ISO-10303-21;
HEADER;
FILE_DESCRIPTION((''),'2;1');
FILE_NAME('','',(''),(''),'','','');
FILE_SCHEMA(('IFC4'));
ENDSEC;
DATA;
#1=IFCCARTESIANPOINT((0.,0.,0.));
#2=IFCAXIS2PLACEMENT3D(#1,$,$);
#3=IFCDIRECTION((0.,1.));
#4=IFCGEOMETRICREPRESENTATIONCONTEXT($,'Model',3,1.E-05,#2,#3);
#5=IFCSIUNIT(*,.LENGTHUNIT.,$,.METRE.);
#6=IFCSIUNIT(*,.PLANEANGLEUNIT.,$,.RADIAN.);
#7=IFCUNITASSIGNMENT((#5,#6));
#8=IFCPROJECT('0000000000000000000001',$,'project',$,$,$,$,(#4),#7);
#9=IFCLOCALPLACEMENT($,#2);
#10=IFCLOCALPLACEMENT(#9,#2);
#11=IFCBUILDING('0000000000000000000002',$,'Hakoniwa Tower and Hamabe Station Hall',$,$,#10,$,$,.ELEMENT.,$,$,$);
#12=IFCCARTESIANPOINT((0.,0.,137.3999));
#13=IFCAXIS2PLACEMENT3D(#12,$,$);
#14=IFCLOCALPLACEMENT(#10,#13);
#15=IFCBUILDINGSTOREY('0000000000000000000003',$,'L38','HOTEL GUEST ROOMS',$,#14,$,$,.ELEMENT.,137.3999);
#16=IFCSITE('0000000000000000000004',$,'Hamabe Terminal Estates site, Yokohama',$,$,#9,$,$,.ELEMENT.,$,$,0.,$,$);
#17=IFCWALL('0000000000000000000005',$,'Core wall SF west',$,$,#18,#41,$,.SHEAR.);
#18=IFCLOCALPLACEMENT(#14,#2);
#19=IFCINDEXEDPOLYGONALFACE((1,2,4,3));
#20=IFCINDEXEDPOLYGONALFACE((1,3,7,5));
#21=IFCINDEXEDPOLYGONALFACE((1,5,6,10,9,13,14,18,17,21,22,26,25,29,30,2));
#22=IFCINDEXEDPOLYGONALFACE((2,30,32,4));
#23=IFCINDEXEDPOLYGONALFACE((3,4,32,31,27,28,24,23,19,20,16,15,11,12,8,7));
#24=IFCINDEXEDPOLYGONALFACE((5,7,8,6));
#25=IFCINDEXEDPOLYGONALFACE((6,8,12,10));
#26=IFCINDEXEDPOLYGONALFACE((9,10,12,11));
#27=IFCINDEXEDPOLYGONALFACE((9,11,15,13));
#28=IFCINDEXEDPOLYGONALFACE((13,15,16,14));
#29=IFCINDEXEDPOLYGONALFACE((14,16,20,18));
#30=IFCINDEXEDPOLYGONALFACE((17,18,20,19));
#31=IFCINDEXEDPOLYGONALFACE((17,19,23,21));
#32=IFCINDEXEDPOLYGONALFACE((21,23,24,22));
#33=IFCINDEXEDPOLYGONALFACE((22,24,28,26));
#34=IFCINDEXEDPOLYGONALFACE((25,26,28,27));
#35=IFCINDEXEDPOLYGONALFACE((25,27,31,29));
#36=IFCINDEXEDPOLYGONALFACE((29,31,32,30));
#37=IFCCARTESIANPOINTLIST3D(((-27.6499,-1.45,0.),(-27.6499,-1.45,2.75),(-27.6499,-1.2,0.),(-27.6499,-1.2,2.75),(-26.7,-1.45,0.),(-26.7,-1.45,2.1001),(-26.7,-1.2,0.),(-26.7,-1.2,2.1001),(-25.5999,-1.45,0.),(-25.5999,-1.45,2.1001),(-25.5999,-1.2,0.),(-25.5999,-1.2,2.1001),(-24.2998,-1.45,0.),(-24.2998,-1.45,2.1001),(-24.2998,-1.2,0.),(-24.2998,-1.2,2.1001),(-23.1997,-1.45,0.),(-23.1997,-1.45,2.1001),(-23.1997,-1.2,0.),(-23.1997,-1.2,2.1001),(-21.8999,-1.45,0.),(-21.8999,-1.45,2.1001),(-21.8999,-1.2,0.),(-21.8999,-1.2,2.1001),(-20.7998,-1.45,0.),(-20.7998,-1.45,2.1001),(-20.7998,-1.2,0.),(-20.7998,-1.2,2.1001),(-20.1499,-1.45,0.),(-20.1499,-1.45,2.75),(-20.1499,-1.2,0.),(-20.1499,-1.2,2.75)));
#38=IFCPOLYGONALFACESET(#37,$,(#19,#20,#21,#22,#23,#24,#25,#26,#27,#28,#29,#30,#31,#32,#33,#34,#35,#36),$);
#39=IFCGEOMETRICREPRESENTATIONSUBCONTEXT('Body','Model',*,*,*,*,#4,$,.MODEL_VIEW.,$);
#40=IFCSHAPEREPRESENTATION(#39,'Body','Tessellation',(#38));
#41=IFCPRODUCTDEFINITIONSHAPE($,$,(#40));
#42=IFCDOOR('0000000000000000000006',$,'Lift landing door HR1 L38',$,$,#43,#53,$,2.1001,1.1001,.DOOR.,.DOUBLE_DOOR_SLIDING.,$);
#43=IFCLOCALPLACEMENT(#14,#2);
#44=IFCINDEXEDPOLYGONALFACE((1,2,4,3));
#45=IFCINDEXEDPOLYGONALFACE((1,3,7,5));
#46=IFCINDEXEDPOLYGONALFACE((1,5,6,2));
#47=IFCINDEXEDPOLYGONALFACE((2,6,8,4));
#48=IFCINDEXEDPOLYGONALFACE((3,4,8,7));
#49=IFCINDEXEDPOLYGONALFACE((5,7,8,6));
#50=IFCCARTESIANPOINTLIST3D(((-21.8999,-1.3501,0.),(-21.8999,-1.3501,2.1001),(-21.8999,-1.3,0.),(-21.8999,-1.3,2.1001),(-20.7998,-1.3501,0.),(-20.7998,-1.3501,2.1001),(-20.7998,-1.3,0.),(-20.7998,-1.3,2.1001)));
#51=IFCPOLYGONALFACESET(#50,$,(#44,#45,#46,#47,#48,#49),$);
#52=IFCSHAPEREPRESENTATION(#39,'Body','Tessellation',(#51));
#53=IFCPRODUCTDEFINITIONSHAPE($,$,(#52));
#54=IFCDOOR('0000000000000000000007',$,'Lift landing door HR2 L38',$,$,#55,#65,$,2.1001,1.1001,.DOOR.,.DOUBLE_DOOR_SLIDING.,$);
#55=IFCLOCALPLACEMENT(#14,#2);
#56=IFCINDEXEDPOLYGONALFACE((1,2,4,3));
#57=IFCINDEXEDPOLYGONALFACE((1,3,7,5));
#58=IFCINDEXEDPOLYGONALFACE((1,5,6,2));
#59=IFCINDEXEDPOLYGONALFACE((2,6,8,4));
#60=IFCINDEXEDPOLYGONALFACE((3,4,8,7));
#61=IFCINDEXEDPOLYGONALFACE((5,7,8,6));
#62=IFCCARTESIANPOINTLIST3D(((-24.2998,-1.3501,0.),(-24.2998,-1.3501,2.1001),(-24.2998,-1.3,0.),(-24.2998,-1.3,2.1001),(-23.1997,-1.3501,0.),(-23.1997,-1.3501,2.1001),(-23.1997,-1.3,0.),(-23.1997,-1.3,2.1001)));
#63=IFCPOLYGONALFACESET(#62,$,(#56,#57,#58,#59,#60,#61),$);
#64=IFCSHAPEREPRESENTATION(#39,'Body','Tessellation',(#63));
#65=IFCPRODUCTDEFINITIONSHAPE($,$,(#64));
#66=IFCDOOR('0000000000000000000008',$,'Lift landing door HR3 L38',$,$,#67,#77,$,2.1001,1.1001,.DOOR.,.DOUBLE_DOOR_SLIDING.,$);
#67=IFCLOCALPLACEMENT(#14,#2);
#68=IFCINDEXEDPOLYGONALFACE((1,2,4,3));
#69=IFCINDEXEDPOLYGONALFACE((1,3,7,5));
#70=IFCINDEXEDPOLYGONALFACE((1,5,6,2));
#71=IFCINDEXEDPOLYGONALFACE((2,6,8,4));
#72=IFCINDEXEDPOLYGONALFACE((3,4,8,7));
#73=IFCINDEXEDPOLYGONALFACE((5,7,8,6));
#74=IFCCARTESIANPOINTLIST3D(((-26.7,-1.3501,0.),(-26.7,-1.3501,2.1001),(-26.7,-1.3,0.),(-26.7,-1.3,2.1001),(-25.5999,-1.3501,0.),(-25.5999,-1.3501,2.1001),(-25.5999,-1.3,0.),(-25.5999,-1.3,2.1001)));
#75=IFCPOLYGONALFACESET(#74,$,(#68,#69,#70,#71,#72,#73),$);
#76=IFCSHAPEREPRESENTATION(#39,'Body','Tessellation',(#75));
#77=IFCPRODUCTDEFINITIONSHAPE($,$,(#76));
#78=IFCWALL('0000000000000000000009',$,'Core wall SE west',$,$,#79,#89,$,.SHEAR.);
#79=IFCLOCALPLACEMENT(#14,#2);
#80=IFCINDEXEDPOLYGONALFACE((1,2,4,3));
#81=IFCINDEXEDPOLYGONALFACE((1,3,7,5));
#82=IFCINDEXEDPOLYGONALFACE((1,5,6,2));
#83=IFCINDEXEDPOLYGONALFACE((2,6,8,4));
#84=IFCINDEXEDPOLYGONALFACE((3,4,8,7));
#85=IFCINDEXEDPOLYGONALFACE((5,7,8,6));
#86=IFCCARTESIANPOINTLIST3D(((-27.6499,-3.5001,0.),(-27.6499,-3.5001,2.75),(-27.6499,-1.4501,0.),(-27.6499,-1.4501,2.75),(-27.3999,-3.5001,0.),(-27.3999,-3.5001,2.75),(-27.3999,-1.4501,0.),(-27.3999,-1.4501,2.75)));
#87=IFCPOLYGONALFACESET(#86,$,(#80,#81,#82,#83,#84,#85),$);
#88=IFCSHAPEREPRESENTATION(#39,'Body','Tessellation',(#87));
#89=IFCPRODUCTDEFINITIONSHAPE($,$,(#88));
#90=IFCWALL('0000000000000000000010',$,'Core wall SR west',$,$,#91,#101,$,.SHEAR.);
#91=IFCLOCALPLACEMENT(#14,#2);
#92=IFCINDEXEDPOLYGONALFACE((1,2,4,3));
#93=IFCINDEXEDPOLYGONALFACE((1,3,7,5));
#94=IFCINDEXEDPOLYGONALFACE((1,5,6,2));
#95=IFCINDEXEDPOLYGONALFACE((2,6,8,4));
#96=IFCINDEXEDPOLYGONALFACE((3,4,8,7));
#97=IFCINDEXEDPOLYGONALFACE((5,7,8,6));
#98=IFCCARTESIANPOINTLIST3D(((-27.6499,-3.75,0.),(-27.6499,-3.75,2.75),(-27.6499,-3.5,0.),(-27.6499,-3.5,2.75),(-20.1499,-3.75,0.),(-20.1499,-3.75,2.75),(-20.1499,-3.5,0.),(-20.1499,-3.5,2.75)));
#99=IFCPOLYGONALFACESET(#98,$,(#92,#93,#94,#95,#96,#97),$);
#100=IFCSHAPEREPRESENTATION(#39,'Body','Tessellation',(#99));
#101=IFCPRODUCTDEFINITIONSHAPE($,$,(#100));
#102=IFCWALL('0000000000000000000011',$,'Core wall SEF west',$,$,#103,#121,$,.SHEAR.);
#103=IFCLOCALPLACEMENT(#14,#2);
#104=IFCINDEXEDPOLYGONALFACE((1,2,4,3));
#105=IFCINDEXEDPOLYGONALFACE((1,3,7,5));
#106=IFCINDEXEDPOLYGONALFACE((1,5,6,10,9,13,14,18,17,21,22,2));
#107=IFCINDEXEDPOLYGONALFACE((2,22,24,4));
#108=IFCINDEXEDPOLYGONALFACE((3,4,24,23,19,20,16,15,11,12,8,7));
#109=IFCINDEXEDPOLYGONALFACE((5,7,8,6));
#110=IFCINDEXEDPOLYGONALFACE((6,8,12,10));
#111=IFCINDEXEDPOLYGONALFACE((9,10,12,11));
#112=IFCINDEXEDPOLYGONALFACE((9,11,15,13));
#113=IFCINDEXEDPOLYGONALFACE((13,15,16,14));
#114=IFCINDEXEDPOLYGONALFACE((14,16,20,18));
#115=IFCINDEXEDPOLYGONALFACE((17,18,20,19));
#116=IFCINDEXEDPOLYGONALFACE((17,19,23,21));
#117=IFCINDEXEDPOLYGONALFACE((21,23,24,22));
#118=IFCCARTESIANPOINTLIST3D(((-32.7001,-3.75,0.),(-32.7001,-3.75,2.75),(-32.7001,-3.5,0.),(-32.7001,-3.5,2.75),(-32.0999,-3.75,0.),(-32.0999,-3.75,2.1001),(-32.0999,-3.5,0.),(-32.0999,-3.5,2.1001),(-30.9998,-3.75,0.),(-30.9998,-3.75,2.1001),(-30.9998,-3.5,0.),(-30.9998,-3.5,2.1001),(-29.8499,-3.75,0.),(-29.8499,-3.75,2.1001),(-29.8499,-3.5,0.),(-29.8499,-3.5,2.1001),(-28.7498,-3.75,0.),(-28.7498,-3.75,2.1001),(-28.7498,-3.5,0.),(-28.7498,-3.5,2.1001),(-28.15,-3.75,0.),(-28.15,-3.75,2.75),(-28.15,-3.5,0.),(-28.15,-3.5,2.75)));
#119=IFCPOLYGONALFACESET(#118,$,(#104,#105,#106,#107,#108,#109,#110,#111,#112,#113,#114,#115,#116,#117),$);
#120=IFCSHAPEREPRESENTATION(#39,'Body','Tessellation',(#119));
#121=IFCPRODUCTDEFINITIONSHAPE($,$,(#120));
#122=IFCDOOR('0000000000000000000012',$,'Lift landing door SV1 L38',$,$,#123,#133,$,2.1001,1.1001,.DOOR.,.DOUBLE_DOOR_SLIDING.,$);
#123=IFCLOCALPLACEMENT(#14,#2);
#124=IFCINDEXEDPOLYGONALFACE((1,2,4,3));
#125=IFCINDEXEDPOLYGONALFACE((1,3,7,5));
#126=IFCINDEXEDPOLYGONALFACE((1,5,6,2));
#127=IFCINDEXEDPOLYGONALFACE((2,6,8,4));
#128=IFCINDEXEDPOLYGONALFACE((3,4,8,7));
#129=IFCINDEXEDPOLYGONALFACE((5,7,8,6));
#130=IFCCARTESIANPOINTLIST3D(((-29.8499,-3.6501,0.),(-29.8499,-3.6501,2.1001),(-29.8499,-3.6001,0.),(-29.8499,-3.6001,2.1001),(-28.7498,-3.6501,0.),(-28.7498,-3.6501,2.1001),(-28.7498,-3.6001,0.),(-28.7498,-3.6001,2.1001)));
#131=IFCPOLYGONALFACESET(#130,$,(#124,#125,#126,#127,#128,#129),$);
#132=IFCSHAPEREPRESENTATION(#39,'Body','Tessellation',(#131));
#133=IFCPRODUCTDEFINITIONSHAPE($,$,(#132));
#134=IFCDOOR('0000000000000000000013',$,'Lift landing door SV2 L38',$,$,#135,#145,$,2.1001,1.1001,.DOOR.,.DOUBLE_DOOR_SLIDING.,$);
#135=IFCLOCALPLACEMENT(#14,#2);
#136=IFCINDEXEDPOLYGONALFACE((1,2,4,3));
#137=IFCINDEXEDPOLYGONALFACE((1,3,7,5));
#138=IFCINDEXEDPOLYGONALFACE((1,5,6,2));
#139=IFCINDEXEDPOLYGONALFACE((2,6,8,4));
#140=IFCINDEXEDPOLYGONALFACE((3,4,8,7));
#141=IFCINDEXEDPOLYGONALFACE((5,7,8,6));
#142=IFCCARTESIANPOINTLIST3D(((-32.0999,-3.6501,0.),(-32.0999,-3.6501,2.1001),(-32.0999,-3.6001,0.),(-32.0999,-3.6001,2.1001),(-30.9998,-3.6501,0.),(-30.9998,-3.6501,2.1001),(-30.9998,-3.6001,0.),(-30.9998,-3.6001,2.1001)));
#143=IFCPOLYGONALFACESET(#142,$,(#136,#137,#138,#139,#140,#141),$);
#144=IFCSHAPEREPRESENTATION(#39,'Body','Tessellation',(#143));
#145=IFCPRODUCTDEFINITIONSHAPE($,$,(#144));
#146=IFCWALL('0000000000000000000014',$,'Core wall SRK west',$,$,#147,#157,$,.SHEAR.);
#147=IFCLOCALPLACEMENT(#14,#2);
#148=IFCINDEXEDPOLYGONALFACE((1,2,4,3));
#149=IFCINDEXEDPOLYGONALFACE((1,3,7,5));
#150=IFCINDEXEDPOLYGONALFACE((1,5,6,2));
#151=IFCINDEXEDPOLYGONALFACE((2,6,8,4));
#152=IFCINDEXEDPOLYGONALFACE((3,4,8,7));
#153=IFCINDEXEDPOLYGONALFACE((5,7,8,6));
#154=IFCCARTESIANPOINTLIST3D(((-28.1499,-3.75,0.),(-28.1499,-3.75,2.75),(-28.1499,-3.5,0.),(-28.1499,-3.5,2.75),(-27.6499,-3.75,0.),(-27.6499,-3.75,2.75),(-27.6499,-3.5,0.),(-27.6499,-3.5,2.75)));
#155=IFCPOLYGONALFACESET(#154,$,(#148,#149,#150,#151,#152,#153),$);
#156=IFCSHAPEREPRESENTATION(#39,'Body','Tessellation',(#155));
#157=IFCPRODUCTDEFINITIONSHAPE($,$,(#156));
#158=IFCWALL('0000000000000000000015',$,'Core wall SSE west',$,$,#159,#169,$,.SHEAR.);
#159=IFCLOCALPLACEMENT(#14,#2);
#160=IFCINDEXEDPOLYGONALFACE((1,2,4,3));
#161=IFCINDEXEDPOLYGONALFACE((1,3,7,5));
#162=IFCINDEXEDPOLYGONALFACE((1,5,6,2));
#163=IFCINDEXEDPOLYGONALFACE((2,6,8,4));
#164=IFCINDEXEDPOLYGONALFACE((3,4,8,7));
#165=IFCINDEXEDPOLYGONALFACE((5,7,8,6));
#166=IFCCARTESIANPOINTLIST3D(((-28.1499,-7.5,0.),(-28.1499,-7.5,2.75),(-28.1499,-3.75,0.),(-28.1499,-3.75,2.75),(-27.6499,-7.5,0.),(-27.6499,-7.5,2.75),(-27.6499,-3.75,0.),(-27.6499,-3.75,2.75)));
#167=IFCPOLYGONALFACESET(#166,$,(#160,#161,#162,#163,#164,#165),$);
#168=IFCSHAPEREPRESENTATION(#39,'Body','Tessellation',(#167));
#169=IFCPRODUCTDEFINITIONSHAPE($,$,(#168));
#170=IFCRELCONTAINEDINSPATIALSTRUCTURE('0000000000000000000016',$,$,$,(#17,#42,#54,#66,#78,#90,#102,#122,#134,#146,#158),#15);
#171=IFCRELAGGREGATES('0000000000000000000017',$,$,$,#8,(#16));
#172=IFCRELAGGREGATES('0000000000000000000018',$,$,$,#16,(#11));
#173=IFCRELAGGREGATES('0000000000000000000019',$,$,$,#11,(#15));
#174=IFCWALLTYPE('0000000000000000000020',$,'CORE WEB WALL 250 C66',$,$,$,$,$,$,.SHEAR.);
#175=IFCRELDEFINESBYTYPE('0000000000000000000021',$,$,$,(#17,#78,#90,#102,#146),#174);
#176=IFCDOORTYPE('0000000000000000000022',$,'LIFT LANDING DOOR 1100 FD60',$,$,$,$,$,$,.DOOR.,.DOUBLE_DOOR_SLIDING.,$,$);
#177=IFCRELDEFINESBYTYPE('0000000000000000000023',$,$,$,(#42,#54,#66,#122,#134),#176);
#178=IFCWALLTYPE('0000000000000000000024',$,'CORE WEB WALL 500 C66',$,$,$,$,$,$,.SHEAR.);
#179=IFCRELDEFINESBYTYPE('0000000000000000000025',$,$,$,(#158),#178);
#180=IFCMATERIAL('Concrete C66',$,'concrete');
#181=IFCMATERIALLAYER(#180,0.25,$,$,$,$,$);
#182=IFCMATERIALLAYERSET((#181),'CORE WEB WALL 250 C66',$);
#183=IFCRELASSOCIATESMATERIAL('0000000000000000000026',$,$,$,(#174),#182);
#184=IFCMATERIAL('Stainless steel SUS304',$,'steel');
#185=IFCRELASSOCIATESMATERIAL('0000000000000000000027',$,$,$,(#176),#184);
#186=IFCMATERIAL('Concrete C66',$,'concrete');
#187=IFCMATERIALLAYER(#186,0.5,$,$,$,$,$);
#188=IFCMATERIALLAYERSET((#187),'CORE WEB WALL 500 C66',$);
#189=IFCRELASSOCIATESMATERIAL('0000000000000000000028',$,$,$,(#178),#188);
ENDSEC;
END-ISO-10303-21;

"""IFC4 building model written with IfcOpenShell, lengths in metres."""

from ifc_helpers import new_model, si_unit, direction, frame, frame_2d, origin, place, context, subcontext, project, spatial, rectangle, extrude, material, layer, layer_set, type_object, element, fill, save


model = new_model("IFC4")

# Units and contexts
model_context = context("Model", 3, precision=1e-05, world=origin(), true_north=direction((0.0, 1.0)))
body_context = subcontext(model_context, "Body", "Model", "MODEL_VIEW")
ifc_project = project(units=[si_unit("LENGTHUNIT", "METRE"), si_unit("PLANEANGLEUNIT", "RADIAN")], contexts=[model_context])

# Site, building, storey
site_placement = place(None, origin())
site = spatial("IfcSite", under=ifc_project, at=site_placement, Name="Hamabe Terminal Estates site, Yokohama", CompositionType="ELEMENT", RefElevation=0.0)
building_placement = place(site_placement, origin())
building = spatial("IfcBuilding", under=site, at=building_placement, Name="Hakoniwa Tower and Hamabe Station Hall", CompositionType="ELEMENT")
storey_placement = place(building_placement, frame((0.0, 0.0, 137.3999)))
storey = spatial("IfcBuildingStorey", under=building, at=storey_placement, Name="L38", Description="HOTEL GUEST ROOMS", CompositionType="ELEMENT", Elevation=137.3999)

# Wall, openings, doors
ifc_material_1 = material(Name="Concrete C66", Category="concrete")
ifc_layer_1 = layer(ifc_material_1, 0.25)
ifc_layer_set_1 = layer_set([ifc_layer_1], Name="CORE WEB WALL 250 C66")
wall_type_1 = type_object("IfcWallType", Name="CORE WEB WALL 250 C66", PredefinedType="SHEAR", material=ifc_layer_set_1)
wall_1_placement = place(storey_placement, frame((-27.6499, -1.325, 0.0), z_axis=(0.0, 0.0, 1.0), x_axis=(1.0, 0.0, 0.0)))
wall_1 = element("IfcWall", 1, at=wall_1_placement, inside=storey, type_object=wall_type_1, Name="Core wall SF west", PredefinedType="SHEAR", context=body_context, shape_type="SweptSolid", body=[
    extrude(rectangle(XDim=7.5, YDim=0.25, at=frame_2d((3.75, 0.0))), origin(), (0.0, 0.0, 1.0), 2.75),
])
opening_1_placement = place(wall_1_placement, frame((5.75, 0.0, 0.0)))
opening_1 = element("IfcOpeningElement", 2, at=opening_1_placement, cuts=wall_1, PredefinedType="OPENING", context=body_context, shape_type="SweptSolid", body=[
    extrude(rectangle(XDim=1.1001, YDim=2.1001, at=frame_2d((0.55, 1.05))), frame((0.0, 0.135, 0.0), z_axis=(0.0, -1.0, 0.0), x_axis=(1.0, 0.0, 0.0)), (0.0, 0.0, 1.0), 0.27),
])
opening_2_placement = place(wall_1_placement, frame((3.3501, 0.0, 0.0)))
opening_2 = element("IfcOpeningElement", 3, at=opening_2_placement, cuts=wall_1, PredefinedType="OPENING", context=body_context, shape_type="SweptSolid", body=[
    extrude(rectangle(XDim=1.1001, YDim=2.1001, at=frame_2d((0.55, 1.05))), frame((0.0, 0.135, 0.0), z_axis=(0.0, -1.0, 0.0), x_axis=(1.0, 0.0, 0.0)), (0.0, 0.0, 1.0), 0.27),
])
opening_3_placement = place(wall_1_placement, frame((0.95, 0.0, 0.0)))
opening_3 = element("IfcOpeningElement", 4, at=opening_3_placement, cuts=wall_1, PredefinedType="OPENING", context=body_context, shape_type="SweptSolid", body=[
    extrude(rectangle(XDim=1.1001, YDim=2.1001, at=frame_2d((0.55, 1.05))), frame((0.0, 0.135, 0.0), z_axis=(0.0, -1.0, 0.0), x_axis=(1.0, 0.0, 0.0)), (0.0, 0.0, 1.0), 0.27),
])
ifc_material_2 = material(Name="Stainless steel SUS304", Category="steel")
door_type_1 = type_object("IfcDoorType", Name="LIFT LANDING DOOR 1100 FD60", OperationType="DOUBLE_DOOR_SLIDING", PredefinedType="DOOR", material=ifc_material_2)
door_1_placement = place(opening_1_placement, origin())
door_1 = element("IfcDoor", 5, at=door_1_placement, inside=storey, type_object=door_type_1, Name="Lift landing door HR1 L38", OperationType="DOUBLE_DOOR_SLIDING", OverallHeight=2.1001, OverallWidth=1.1001, PredefinedType="DOOR", context=body_context, shape_type="SweptSolid", body=[
    extrude(rectangle(XDim=1.1001, YDim=2.1001, at=frame_2d((0.55, 1.05))), frame((0.0, 0.0249, 0.0), z_axis=(0.0, -1.0, 0.0), x_axis=(1.0, 0.0, 0.0)), (0.0, 0.0, 1.0), 0.05),
])
fill(opening_1, door_1)
door_2_placement = place(opening_2_placement, origin())
door_2 = element("IfcDoor", 6, at=door_2_placement, inside=storey, type_object=door_type_1, Name="Lift landing door HR2 L38", OperationType="DOUBLE_DOOR_SLIDING", OverallHeight=2.1001, OverallWidth=1.1001, PredefinedType="DOOR", context=body_context, shape_type="SweptSolid", body=[
    extrude(rectangle(XDim=1.1001, YDim=2.1001, at=frame_2d((0.55, 1.05))), frame((0.0, 0.0249, 0.0), z_axis=(0.0, -1.0, 0.0), x_axis=(1.0, 0.0, 0.0)), (0.0, 0.0, 1.0), 0.05),
])
fill(opening_2, door_2)
door_3_placement = place(opening_3_placement, origin())
door_3 = element("IfcDoor", 7, at=door_3_placement, inside=storey, type_object=door_type_1, Name="Lift landing door HR3 L38", OperationType="DOUBLE_DOOR_SLIDING", OverallHeight=2.1001, OverallWidth=1.1001, PredefinedType="DOOR", context=body_context, shape_type="SweptSolid", body=[
    extrude(rectangle(XDim=1.1001, YDim=2.1001, at=frame_2d((0.55, 1.05))), frame((0.0, 0.0249, 0.0), z_axis=(0.0, -1.0, 0.0), x_axis=(1.0, 0.0, 0.0)), (0.0, 0.0, 1.0), 0.05),
])
fill(opening_3, door_3)

# Walls
wall_2_placement = place(storey_placement, frame((-27.5249, -3.5, 0.0), z_axis=(0.0, 0.0, 1.0), x_axis=(0.0, 1.0, 0.0)))
element("IfcWall", 8, at=wall_2_placement, inside=storey, type_object=wall_type_1, Name="Core wall SE west", PredefinedType="SHEAR", context=body_context, shape_type="SweptSolid", body=[
    extrude(rectangle(XDim=2.05, YDim=0.25, at=frame_2d((1.0249, 0.0))), origin(), (0.0, 0.0, 1.0), 2.75),
])
wall_3_placement = place(storey_placement, frame((-27.6499, -3.625, 0.0), z_axis=(0.0, 0.0, 1.0), x_axis=(1.0, 0.0, 0.0)))
element("IfcWall", 9, at=wall_3_placement, inside=storey, type_object=wall_type_1, Name="Core wall SR west", PredefinedType="SHEAR", context=body_context, shape_type="SweptSolid", body=[
    extrude(rectangle(XDim=7.5, YDim=0.25, at=frame_2d((3.75, 0.0))), origin(), (0.0, 0.0, 1.0), 2.75),
])

# Wall, openings, doors
wall_4_placement = place(storey_placement, frame((-32.7, -3.625, 0.0), z_axis=(0.0, 0.0, 1.0), x_axis=(1.0, 0.0, 0.0)))
wall_4 = element("IfcWall", 10, at=wall_4_placement, inside=storey, type_object=wall_type_1, Name="Core wall SEF west", PredefinedType="SHEAR", context=body_context, shape_type="SweptSolid", body=[
    extrude(rectangle(XDim=4.55, YDim=0.25, at=frame_2d((2.2749, 0.0))), origin(), (0.0, 0.0, 1.0), 2.75),
])
opening_4_placement = place(wall_4_placement, frame((2.8501, 0.0, 0.0)))
opening_4 = element("IfcOpeningElement", 11, at=opening_4_placement, cuts=wall_4, PredefinedType="OPENING", context=body_context, shape_type="SweptSolid", body=[
    extrude(rectangle(XDim=1.1001, YDim=2.1001, at=frame_2d((0.55, 1.05))), frame((0.0, 0.135, 0.0), z_axis=(0.0, -1.0, 0.0), x_axis=(1.0, 0.0, 0.0)), (0.0, 0.0, 1.0), 0.27),
])
opening_5_placement = place(wall_4_placement, frame((0.6001, 0.0, 0.0)))
opening_5 = element("IfcOpeningElement", 12, at=opening_5_placement, cuts=wall_4, PredefinedType="OPENING", context=body_context, shape_type="SweptSolid", body=[
    extrude(rectangle(XDim=1.1001, YDim=2.1001, at=frame_2d((0.55, 1.05))), frame((0.0, 0.135, 0.0), z_axis=(0.0, -1.0, 0.0), x_axis=(1.0, 0.0, 0.0)), (0.0, 0.0, 1.0), 0.27),
])
door_4_placement = place(opening_4_placement, origin())
door_4 = element("IfcDoor", 13, at=door_4_placement, inside=storey, type_object=door_type_1, Name="Lift landing door SV1 L38", OperationType="DOUBLE_DOOR_SLIDING", OverallHeight=2.1001, OverallWidth=1.1001, PredefinedType="DOOR", context=body_context, shape_type="SweptSolid", body=[
    extrude(rectangle(XDim=1.1001, YDim=2.1001, at=frame_2d((0.55, 1.05))), frame((0.0, 0.0249, 0.0), z_axis=(0.0, -1.0, 0.0), x_axis=(1.0, 0.0, 0.0)), (0.0, 0.0, 1.0), 0.05),
])
fill(opening_4, door_4)
door_5_placement = place(opening_5_placement, origin())
door_5 = element("IfcDoor", 14, at=door_5_placement, inside=storey, type_object=door_type_1, Name="Lift landing door SV2 L38", OperationType="DOUBLE_DOOR_SLIDING", OverallHeight=2.1001, OverallWidth=1.1001, PredefinedType="DOOR", context=body_context, shape_type="SweptSolid", body=[
    extrude(rectangle(XDim=1.1001, YDim=2.1001, at=frame_2d((0.55, 1.05))), frame((0.0, 0.0249, 0.0), z_axis=(0.0, -1.0, 0.0), x_axis=(1.0, 0.0, 0.0)), (0.0, 0.0, 1.0), 0.05),
])
fill(opening_5, door_5)

# Walls
wall_5_placement = place(storey_placement, frame((-28.1499, -3.625, 0.0), z_axis=(0.0, 0.0, 1.0), x_axis=(1.0, 0.0, 0.0)))
element("IfcWall", 15, at=wall_5_placement, inside=storey, type_object=wall_type_1, Name="Core wall SRK west", PredefinedType="SHEAR", context=body_context, shape_type="SweptSolid", body=[
    extrude(rectangle(XDim=0.5, YDim=0.25, at=frame_2d((0.25, 0.0))), origin(), (0.0, 0.0, 1.0), 2.75),
])
ifc_material_3 = material(Name="Concrete C66", Category="concrete")
ifc_layer_2 = layer(ifc_material_3, 0.5)
ifc_layer_set_2 = layer_set([ifc_layer_2], Name="CORE WEB WALL 500 C66")
wall_type_2 = type_object("IfcWallType", Name="CORE WEB WALL 500 C66", PredefinedType="SHEAR", material=ifc_layer_set_2)
wall_6_placement = place(storey_placement, frame((-27.8999, -7.5, 0.0), z_axis=(0.0, 0.0, 1.0), x_axis=(0.0, 1.0, 0.0)))
element("IfcWall", 16, at=wall_6_placement, inside=storey, type_object=wall_type_2, Name="Core wall SSE west", PredefinedType="SHEAR", context=body_context, shape_type="SweptSolid", body=[
    extrude(rectangle(XDim=3.75, YDim=0.5, at=frame_2d((1.875, 0.0))), origin(), (0.0, 0.0, 1.0), 2.75),
])

save(model, "model.ifc")
